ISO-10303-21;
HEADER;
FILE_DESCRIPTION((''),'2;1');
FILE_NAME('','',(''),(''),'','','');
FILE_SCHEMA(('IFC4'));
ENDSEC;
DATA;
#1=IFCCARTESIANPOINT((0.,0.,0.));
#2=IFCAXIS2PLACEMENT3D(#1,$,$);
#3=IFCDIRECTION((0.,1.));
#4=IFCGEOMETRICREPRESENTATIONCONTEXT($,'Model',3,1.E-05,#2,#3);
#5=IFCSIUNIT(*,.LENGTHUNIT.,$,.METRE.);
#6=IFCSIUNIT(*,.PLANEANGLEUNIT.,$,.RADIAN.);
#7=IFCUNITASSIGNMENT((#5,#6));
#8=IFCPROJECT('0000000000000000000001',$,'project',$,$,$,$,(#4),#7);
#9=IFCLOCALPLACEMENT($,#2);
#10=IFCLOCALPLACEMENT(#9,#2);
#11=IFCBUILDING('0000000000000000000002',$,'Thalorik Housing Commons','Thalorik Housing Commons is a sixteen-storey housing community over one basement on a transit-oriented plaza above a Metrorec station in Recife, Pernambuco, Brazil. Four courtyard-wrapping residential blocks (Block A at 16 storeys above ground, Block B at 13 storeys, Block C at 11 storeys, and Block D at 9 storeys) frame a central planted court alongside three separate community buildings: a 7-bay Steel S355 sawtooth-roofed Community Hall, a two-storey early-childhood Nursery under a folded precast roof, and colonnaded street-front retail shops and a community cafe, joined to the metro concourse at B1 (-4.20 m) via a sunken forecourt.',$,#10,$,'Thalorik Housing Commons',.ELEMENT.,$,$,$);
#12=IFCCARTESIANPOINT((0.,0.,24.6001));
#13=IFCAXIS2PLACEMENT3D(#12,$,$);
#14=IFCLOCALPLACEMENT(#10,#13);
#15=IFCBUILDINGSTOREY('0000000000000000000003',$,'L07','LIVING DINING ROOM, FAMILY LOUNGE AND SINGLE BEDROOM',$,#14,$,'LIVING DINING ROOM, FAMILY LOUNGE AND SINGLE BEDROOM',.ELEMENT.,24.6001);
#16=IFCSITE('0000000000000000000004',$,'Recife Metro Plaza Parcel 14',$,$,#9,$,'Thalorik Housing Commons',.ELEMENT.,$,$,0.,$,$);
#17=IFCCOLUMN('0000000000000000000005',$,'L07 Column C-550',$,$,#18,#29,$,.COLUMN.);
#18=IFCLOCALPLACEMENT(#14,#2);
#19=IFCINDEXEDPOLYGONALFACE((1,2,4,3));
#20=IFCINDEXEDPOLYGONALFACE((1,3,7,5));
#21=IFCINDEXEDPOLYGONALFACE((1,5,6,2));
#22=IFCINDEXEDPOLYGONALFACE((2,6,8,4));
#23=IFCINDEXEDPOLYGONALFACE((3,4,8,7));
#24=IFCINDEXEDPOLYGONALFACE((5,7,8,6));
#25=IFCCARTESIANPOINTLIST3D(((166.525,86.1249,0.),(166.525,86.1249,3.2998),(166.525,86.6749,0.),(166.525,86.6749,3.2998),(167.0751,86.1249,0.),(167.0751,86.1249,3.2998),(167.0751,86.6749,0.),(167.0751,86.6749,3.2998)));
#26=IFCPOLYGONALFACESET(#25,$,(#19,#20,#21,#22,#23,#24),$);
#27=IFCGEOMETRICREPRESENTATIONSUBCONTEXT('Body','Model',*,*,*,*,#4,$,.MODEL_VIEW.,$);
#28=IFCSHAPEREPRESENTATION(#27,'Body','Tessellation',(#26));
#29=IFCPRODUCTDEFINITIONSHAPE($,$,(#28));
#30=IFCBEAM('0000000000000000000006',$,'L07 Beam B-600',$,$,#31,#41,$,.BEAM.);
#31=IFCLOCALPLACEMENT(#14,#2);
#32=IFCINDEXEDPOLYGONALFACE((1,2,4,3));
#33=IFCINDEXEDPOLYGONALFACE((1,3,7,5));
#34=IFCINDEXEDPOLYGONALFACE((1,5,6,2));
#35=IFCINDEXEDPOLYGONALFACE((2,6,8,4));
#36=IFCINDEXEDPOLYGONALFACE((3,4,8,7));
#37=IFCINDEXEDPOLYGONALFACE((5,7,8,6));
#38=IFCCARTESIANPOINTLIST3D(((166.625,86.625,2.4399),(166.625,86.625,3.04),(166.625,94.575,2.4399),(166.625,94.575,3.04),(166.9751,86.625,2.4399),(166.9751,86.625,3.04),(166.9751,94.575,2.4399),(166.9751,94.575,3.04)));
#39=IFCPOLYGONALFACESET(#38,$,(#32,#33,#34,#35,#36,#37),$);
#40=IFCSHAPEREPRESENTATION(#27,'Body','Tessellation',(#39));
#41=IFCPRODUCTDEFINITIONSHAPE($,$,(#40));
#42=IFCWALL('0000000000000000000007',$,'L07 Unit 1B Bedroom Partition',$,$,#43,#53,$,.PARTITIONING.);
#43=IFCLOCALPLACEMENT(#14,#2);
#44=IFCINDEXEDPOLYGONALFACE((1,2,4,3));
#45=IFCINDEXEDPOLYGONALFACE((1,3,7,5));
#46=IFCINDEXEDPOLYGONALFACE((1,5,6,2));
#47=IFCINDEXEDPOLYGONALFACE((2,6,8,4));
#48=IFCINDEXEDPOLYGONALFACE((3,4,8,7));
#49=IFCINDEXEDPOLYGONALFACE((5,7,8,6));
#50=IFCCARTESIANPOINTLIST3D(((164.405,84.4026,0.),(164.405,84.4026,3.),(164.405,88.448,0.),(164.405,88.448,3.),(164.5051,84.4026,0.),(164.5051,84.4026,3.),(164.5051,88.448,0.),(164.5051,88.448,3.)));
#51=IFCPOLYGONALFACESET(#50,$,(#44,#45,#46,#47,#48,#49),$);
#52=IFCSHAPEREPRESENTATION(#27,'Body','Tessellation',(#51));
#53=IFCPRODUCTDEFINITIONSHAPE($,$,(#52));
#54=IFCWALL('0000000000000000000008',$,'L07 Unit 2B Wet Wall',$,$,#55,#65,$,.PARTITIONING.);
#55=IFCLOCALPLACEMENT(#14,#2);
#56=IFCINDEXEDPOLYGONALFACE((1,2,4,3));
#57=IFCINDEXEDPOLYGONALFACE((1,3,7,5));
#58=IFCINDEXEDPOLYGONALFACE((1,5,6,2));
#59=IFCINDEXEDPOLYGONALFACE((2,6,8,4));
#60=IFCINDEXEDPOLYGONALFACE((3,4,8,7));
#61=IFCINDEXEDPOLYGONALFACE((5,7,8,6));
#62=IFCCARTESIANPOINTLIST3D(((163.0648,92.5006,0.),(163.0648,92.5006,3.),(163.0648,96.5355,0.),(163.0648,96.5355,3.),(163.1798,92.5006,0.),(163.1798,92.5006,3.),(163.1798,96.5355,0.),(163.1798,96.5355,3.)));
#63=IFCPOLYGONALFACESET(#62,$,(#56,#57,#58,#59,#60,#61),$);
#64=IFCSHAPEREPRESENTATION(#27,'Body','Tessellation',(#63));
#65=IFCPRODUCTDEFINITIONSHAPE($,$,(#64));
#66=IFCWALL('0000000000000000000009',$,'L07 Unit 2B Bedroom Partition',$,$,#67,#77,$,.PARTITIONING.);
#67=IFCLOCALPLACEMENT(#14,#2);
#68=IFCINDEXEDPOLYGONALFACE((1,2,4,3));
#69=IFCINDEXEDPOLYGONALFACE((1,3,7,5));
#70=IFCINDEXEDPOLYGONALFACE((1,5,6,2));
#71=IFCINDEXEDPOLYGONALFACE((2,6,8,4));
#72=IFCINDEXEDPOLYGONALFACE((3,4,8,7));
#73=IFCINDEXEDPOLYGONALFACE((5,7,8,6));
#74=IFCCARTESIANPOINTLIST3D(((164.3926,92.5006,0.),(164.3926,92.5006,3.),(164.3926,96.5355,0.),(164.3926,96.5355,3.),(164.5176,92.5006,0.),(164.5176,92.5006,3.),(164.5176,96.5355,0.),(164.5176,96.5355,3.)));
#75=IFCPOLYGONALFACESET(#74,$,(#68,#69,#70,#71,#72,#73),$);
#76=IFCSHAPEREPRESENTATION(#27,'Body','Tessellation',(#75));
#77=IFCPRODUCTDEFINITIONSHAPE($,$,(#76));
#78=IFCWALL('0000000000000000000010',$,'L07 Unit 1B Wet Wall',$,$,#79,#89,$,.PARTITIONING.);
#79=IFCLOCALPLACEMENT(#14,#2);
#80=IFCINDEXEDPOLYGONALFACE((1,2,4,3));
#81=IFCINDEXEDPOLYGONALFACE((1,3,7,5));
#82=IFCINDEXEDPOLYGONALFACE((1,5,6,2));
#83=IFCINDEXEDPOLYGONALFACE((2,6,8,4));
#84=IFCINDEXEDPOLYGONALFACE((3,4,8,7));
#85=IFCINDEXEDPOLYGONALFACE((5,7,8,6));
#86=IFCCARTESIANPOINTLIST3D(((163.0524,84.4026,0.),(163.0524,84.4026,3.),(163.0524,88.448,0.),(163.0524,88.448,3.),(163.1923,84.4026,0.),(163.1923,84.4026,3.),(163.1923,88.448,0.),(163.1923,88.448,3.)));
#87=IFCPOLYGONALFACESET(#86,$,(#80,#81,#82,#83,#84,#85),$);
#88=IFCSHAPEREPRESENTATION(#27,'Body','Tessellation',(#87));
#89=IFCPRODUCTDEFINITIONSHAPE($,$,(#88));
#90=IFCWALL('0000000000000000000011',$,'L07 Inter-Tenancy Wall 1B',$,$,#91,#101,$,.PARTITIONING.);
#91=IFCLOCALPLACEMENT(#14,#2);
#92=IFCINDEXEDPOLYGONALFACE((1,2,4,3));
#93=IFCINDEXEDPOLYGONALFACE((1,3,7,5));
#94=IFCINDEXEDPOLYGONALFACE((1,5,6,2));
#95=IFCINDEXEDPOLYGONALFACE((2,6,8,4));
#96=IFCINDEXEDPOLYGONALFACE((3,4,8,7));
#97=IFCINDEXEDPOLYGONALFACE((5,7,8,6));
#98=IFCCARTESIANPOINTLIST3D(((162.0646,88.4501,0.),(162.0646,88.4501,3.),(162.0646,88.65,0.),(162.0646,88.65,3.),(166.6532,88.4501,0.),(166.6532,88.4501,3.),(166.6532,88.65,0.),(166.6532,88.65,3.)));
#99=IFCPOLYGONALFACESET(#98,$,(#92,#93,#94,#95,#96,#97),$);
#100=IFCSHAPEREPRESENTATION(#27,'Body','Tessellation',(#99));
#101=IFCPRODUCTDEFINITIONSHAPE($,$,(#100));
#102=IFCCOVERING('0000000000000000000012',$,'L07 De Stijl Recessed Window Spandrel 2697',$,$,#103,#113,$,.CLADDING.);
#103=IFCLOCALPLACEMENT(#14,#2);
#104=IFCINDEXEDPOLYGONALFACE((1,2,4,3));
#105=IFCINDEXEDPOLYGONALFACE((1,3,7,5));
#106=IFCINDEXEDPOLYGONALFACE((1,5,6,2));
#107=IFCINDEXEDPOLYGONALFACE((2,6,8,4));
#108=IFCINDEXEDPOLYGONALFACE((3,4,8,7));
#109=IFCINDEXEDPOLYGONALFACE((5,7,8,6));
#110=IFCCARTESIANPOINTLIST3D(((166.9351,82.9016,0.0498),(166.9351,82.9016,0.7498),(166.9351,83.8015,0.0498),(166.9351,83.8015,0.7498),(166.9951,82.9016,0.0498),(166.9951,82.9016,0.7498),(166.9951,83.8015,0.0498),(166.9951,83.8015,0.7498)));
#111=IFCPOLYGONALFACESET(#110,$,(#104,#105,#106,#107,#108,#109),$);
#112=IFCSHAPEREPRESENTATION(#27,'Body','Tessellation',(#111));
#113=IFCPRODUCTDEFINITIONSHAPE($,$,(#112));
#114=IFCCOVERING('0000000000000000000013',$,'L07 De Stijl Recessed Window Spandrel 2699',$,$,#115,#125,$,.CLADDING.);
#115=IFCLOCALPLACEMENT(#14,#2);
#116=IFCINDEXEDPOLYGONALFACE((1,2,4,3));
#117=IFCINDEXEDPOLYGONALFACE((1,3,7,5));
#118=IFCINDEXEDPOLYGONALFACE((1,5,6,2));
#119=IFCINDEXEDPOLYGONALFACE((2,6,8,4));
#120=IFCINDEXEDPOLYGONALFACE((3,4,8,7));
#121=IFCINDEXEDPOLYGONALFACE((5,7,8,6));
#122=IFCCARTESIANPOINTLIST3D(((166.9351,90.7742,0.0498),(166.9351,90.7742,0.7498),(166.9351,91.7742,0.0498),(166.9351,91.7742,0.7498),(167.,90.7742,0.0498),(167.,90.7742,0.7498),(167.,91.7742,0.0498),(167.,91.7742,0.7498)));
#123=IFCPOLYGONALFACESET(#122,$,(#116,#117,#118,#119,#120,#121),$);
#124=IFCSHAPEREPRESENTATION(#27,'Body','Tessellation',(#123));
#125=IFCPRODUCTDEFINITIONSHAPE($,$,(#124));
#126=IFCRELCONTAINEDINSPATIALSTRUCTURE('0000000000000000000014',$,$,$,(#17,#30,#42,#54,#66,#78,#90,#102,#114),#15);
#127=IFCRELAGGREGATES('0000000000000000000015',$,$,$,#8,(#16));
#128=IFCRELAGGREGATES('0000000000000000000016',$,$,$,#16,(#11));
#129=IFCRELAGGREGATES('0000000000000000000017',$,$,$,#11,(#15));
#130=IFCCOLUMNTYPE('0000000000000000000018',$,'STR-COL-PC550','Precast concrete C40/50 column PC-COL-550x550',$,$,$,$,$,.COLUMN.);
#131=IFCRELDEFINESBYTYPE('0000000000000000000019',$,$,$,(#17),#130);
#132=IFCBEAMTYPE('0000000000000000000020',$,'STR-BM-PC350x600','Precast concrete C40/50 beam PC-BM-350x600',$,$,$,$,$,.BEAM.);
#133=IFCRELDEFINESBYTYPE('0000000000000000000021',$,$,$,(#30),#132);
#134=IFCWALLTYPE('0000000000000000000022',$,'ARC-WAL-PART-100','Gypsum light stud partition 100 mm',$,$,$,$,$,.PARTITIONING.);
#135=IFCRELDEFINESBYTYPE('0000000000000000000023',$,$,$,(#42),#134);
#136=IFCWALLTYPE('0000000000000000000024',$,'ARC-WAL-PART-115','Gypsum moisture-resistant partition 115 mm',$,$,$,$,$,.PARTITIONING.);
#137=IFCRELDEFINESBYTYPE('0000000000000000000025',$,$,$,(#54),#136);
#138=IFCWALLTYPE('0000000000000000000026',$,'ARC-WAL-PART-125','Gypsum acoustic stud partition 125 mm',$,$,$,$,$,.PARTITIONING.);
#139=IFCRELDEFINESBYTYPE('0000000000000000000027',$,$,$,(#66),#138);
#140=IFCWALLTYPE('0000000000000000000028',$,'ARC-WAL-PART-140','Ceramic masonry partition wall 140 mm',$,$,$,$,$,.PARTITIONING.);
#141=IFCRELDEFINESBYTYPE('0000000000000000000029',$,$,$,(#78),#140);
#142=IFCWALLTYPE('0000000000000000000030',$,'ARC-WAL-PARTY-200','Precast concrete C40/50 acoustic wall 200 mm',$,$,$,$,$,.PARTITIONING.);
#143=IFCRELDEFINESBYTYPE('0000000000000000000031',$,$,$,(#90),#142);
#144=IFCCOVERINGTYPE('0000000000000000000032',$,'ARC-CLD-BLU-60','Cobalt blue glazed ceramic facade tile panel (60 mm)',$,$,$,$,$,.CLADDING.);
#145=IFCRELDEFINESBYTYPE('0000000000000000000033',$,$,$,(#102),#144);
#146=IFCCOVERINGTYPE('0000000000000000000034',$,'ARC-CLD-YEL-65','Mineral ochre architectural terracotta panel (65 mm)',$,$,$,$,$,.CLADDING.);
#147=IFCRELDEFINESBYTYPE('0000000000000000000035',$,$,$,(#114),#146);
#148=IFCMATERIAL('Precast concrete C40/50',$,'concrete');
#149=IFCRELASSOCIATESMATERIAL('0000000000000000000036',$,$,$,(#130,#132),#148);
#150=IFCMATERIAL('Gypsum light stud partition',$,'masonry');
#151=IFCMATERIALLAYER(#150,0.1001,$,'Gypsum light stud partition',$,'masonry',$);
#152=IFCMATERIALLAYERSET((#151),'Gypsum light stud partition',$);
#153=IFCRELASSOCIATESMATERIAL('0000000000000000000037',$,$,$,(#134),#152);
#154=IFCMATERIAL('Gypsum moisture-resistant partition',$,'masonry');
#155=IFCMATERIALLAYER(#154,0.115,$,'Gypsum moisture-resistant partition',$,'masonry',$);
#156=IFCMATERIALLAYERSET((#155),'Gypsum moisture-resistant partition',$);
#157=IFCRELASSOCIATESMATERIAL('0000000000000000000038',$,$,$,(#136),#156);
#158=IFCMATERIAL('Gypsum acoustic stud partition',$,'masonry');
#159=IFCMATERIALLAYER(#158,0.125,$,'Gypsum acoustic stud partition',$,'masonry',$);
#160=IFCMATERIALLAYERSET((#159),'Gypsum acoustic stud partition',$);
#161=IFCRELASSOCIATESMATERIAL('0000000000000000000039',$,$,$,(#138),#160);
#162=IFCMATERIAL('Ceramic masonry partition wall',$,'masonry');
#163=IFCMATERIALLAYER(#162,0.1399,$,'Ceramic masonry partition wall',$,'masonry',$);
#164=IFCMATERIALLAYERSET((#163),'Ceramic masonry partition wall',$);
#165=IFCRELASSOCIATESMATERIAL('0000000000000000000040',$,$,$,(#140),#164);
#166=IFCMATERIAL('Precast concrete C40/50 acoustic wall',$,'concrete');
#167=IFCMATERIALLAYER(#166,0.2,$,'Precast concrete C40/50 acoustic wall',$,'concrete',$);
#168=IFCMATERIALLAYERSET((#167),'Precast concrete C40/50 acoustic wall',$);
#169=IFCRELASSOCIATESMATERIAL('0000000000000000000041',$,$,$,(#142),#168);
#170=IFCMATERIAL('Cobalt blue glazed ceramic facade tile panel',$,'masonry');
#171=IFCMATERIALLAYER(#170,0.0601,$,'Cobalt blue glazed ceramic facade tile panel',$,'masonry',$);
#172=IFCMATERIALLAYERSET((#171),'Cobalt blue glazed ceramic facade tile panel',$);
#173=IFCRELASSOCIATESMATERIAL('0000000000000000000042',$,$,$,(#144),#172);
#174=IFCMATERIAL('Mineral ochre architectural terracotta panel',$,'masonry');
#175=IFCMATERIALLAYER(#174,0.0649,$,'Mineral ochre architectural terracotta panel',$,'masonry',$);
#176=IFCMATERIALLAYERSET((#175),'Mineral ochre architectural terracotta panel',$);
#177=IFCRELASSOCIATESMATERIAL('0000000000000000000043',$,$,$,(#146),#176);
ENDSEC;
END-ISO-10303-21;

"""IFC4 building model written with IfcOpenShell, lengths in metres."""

from ifc_helpers import new_model, si_unit, direction, frame, frame_2d, origin, origin_2d, place, context, subcontext, project, spatial, rectangle, extrude, material, layer, layer_set, material_profile, profile_set, type_object, element, save


model = new_model("IFC4")

# Units and contexts
model_context = context("Model", 3, precision=1e-05, world=origin(), true_north=direction((0.0, 1.0)))
body_context = subcontext(model_context, "Body", "Model", "MODEL_VIEW")
ifc_project = project(units=[si_unit("LENGTHUNIT", "METRE"), si_unit("PLANEANGLEUNIT", "RADIAN")], contexts=[model_context])

# Site, building, storey
site_placement = place(None, origin())
site = spatial("IfcSite", under=ifc_project, at=site_placement, Name="Recife Metro Plaza Parcel 14", LongName="Thalorik Housing Commons", CompositionType="ELEMENT", RefElevation=0.0)
building_placement = place(site_placement, origin())
building = spatial("IfcBuilding", under=site, at=building_placement, Name="Thalorik Housing Commons", Description="Thalorik Housing Commons is a sixteen-storey housing community over one basement on a transit-oriented plaza above a Metrorec station in Recife, Pernambuco, Brazil. Four courtyard-wrapping residential blocks (Block A at 16 storeys above ground, Block B at 13 storeys, Block C at 11 storeys, and Block D at 9 storeys) frame a central planted court alongside three separate community buildings: a 7-bay Steel S355 sawtooth-roofed Community Hall, a two-storey early-childhood Nursery under a folded precast roof, and colonnaded street-front retail shops and a community cafe, joined to the metro concourse at B1 (-4.20 m) via a sunken forecourt.", LongName="Thalorik Housing Commons", CompositionType="ELEMENT")
storey_placement = place(building_placement, frame((0.0, 0.0, 24.6001)))
storey = spatial("IfcBuildingStorey", under=building, at=storey_placement, Name="L07", Description="LIVING DINING ROOM, FAMILY LOUNGE AND SINGLE BEDROOM", LongName="LIVING DINING ROOM, FAMILY LOUNGE AND SINGLE BEDROOM", CompositionType="ELEMENT", Elevation=24.6001)

# Column
ifc_material_1 = material(Name="Precast concrete C40/50", Category="concrete")
ifc_material_profile_1 = material_profile(ifc_material_1, rectangle(XDim=0.55, YDim=0.55, at=origin_2d()), Name="PC 550x550", Category="concrete")
ifc_profile_set_1 = profile_set([ifc_material_profile_1], Name="Precast concrete C40/50")
column_type = type_object("IfcColumnType", Name="STR-COL-PC550", Description="Precast concrete C40/50 column PC-COL-550x550", PredefinedType="COLUMN", material=ifc_profile_set_1)
column_placement = place(storey_placement, frame((166.8, 86.3999, 0.0), z_axis=(0.0, 0.0, 1.0), x_axis=(1.0, 0.0, 0.0)))
element("IfcColumn", 1, at=column_placement, inside=storey, type_object=column_type, Name="L07 Column C-550", PredefinedType="COLUMN", context=body_context, shape_type="SweptSolid", body=[
    extrude(rectangle(XDim=0.55, YDim=0.55, at=origin_2d()), origin(), (0.0, 0.0, 1.0), 3.2998),
])

# Beam
ifc_material_profile_2 = material_profile(ifc_material_1, rectangle(XDim=0.3501, YDim=0.6001, at=origin_2d()), Name="PC 350x600", Category="concrete")
ifc_profile_set_2 = profile_set([ifc_material_profile_2], Name="Precast concrete C40/50")
beam_type = type_object("IfcBeamType", Name="STR-BM-PC350x600", Description="Precast concrete C40/50 beam PC-BM-350x600", PredefinedType="BEAM", material=ifc_profile_set_2)
beam_placement = place(storey_placement, frame((166.8, 86.625, 2.74), z_axis=(0.0, 1.0, 0.0), x_axis=(-1.0, 0.0, 0.0)))
element("IfcBeam", 2, at=beam_placement, inside=storey, type_object=beam_type, Name="L07 Beam B-600", PredefinedType="BEAM", context=body_context, shape_type="SweptSolid", body=[
    extrude(rectangle(XDim=0.3501, YDim=0.6001, at=origin_2d()), origin(), (0.0, 0.0, 1.0), 7.95),
])

# Walls
ifc_material_2 = material(Name="Gypsum light stud partition", Category="masonry")
ifc_layer_1 = layer(ifc_material_2, 0.1001, Name="Gypsum light stud partition", Category="masonry")
ifc_layer_set_1 = layer_set([ifc_layer_1], Name="Gypsum light stud partition")
wall_type_1 = type_object("IfcWallType", Name="ARC-WAL-PART-100", Description="Gypsum light stud partition 100 mm", PredefinedType="PARTITIONING", material=ifc_layer_set_1)
wall_1_placement = place(storey_placement, frame((164.4551, 84.4026, 0.0), z_axis=(0.0, 0.0, 1.0), x_axis=(0.0, 1.0, 0.0)))
element("IfcWall", 3, at=wall_1_placement, inside=storey, type_object=wall_type_1, Name="L07 Unit 1B Bedroom Partition", PredefinedType="PARTITIONING", context=body_context, shape_type="SweptSolid", body=[
    extrude(rectangle(XDim=4.0454, YDim=0.1001, at=frame_2d((2.0227, 0.0))), origin(), (0.0, 0.0, 1.0), 3.0),
])
ifc_material_3 = material(Name="Gypsum moisture-resistant partition", Category="masonry")
ifc_layer_2 = layer(ifc_material_3, 0.115, Name="Gypsum moisture-resistant partition", Category="masonry")
ifc_layer_set_2 = layer_set([ifc_layer_2], Name="Gypsum moisture-resistant partition")
wall_type_2 = type_object("IfcWallType", Name="ARC-WAL-PART-115", Description="Gypsum moisture-resistant partition 115 mm", PredefinedType="PARTITIONING", material=ifc_layer_set_2)
wall_2_placement = place(storey_placement, frame((163.1223, 92.5005, 0.0), z_axis=(0.0, 0.0, 1.0), x_axis=(0.0, 1.0, 0.0)))
element("IfcWall", 4, at=wall_2_placement, inside=storey, type_object=wall_type_2, Name="L07 Unit 2B Wet Wall", PredefinedType="PARTITIONING", context=body_context, shape_type="SweptSolid", body=[
    extrude(rectangle(XDim=4.0349, YDim=0.115, at=frame_2d((2.0176, 0.0))), origin(), (0.0, 0.0, 1.0), 3.0),
])
ifc_material_4 = material(Name="Gypsum acoustic stud partition", Category="masonry")
ifc_layer_3 = layer(ifc_material_4, 0.125, Name="Gypsum acoustic stud partition", Category="masonry")
ifc_layer_set_3 = layer_set([ifc_layer_3], Name="Gypsum acoustic stud partition")
wall_type_3 = type_object("IfcWallType", Name="ARC-WAL-PART-125", Description="Gypsum acoustic stud partition 125 mm", PredefinedType="PARTITIONING", material=ifc_layer_set_3)
wall_3_placement = place(storey_placement, frame((164.4551, 92.5005, 0.0), z_axis=(0.0, 0.0, 1.0), x_axis=(0.0, 1.0, 0.0)))
element("IfcWall", 5, at=wall_3_placement, inside=storey, type_object=wall_type_3, Name="L07 Unit 2B Bedroom Partition", PredefinedType="PARTITIONING", context=body_context, shape_type="SweptSolid", body=[
    extrude(rectangle(XDim=4.0349, YDim=0.125, at=frame_2d((2.0176, 0.0))), origin(), (0.0, 0.0, 1.0), 3.0),
])
ifc_material_5 = material(Name="Ceramic masonry partition wall", Category="masonry")
ifc_layer_4 = layer(ifc_material_5, 0.1399, Name="Ceramic masonry partition wall", Category="masonry")
ifc_layer_set_4 = layer_set([ifc_layer_4], Name="Ceramic masonry partition wall")
wall_type_4 = type_object("IfcWallType", Name="ARC-WAL-PART-140", Description="Ceramic masonry partition wall 140 mm", PredefinedType="PARTITIONING", material=ifc_layer_set_4)
wall_4_placement = place(storey_placement, frame((163.1223, 84.4026, 0.0), z_axis=(0.0, 0.0, 1.0), x_axis=(0.0, 1.0, 0.0)))
element("IfcWall", 6, at=wall_4_placement, inside=storey, type_object=wall_type_4, Name="L07 Unit 1B Wet Wall", PredefinedType="PARTITIONING", context=body_context, shape_type="SweptSolid", body=[
    extrude(rectangle(XDim=4.0454, YDim=0.1399, at=frame_2d((2.0227, 0.0))), origin(), (0.0, 0.0, 1.0), 3.0),
])
ifc_material_6 = material(Name="Precast concrete C40/50 acoustic wall", Category="concrete")
ifc_layer_5 = layer(ifc_material_6, 0.2, Name="Precast concrete C40/50 acoustic wall", Category="concrete")
ifc_layer_set_5 = layer_set([ifc_layer_5], Name="Precast concrete C40/50 acoustic wall")
wall_type_5 = type_object("IfcWallType", Name="ARC-WAL-PARTY-200", Description="Precast concrete C40/50 acoustic wall 200 mm", PredefinedType="PARTITIONING", material=ifc_layer_set_5)
wall_5_placement = place(storey_placement, frame((162.0645, 88.55, 0.0), z_axis=(0.0, 0.0, 1.0), x_axis=(1.0, 0.0, 0.0)))
element("IfcWall", 7, at=wall_5_placement, inside=storey, type_object=wall_type_5, Name="L07 Inter-Tenancy Wall 1B", PredefinedType="PARTITIONING", context=body_context, shape_type="SweptSolid", body=[
    extrude(rectangle(XDim=4.5886, YDim=0.2, at=frame_2d((2.2944, 0.0))), origin(), (0.0, 0.0, 1.0), 3.0),
])

# Coverings
ifc_material_7 = material(Name="Cobalt blue glazed ceramic facade tile panel", Category="masonry")
ifc_layer_6 = layer(ifc_material_7, 0.0601, Name="Cobalt blue glazed ceramic facade tile panel", Category="masonry")
ifc_layer_set_6 = layer_set([ifc_layer_6], Name="Cobalt blue glazed ceramic facade tile panel")
covering_type_1 = type_object("IfcCoveringType", Name="ARC-CLD-BLU-60", Description="Cobalt blue glazed ceramic facade tile panel (60 mm)", PredefinedType="CLADDING", material=ifc_layer_set_6)
covering_1_placement = place(storey_placement, frame((166.9651, 83.3516, 0.0498), z_axis=(0.0, 0.0, 1.0), x_axis=(0.0, 1.0, 0.0)))
element("IfcCovering", 8, at=covering_1_placement, inside=storey, type_object=covering_type_1, Name="L07 De Stijl Recessed Window Spandrel 2697", PredefinedType="CLADDING", context=body_context, shape_type="SweptSolid", body=[
    extrude(rectangle(XDim=0.8999, YDim=0.0601, at=origin_2d()), origin(), (0.0, 0.0, 1.0), 0.7),
])
ifc_material_8 = material(Name="Mineral ochre architectural terracotta panel", Category="masonry")
ifc_layer_7 = layer(ifc_material_8, 0.0649, Name="Mineral ochre architectural terracotta panel", Category="masonry")
ifc_layer_set_7 = layer_set([ifc_layer_7], Name="Mineral ochre architectural terracotta panel")
covering_type_2 = type_object("IfcCoveringType", Name="ARC-CLD-YEL-65", Description="Mineral ochre architectural terracotta panel (65 mm)", PredefinedType="CLADDING", material=ifc_layer_set_7)
covering_2_placement = place(storey_placement, frame((166.9675, 91.2742, 0.0498), z_axis=(0.0, 0.0, 1.0), x_axis=(0.0, 1.0, 0.0)))
element("IfcCovering", 9, at=covering_2_placement, inside=storey, type_object=covering_type_2, Name="L07 De Stijl Recessed Window Spandrel 2699", PredefinedType="CLADDING", context=body_context, shape_type="SweptSolid", body=[
    extrude(rectangle(XDim=1.0, YDim=0.0649, at=origin_2d()), origin(), (0.0, 0.0, 1.0), 0.7),
])

save(model, "model.ifc")
